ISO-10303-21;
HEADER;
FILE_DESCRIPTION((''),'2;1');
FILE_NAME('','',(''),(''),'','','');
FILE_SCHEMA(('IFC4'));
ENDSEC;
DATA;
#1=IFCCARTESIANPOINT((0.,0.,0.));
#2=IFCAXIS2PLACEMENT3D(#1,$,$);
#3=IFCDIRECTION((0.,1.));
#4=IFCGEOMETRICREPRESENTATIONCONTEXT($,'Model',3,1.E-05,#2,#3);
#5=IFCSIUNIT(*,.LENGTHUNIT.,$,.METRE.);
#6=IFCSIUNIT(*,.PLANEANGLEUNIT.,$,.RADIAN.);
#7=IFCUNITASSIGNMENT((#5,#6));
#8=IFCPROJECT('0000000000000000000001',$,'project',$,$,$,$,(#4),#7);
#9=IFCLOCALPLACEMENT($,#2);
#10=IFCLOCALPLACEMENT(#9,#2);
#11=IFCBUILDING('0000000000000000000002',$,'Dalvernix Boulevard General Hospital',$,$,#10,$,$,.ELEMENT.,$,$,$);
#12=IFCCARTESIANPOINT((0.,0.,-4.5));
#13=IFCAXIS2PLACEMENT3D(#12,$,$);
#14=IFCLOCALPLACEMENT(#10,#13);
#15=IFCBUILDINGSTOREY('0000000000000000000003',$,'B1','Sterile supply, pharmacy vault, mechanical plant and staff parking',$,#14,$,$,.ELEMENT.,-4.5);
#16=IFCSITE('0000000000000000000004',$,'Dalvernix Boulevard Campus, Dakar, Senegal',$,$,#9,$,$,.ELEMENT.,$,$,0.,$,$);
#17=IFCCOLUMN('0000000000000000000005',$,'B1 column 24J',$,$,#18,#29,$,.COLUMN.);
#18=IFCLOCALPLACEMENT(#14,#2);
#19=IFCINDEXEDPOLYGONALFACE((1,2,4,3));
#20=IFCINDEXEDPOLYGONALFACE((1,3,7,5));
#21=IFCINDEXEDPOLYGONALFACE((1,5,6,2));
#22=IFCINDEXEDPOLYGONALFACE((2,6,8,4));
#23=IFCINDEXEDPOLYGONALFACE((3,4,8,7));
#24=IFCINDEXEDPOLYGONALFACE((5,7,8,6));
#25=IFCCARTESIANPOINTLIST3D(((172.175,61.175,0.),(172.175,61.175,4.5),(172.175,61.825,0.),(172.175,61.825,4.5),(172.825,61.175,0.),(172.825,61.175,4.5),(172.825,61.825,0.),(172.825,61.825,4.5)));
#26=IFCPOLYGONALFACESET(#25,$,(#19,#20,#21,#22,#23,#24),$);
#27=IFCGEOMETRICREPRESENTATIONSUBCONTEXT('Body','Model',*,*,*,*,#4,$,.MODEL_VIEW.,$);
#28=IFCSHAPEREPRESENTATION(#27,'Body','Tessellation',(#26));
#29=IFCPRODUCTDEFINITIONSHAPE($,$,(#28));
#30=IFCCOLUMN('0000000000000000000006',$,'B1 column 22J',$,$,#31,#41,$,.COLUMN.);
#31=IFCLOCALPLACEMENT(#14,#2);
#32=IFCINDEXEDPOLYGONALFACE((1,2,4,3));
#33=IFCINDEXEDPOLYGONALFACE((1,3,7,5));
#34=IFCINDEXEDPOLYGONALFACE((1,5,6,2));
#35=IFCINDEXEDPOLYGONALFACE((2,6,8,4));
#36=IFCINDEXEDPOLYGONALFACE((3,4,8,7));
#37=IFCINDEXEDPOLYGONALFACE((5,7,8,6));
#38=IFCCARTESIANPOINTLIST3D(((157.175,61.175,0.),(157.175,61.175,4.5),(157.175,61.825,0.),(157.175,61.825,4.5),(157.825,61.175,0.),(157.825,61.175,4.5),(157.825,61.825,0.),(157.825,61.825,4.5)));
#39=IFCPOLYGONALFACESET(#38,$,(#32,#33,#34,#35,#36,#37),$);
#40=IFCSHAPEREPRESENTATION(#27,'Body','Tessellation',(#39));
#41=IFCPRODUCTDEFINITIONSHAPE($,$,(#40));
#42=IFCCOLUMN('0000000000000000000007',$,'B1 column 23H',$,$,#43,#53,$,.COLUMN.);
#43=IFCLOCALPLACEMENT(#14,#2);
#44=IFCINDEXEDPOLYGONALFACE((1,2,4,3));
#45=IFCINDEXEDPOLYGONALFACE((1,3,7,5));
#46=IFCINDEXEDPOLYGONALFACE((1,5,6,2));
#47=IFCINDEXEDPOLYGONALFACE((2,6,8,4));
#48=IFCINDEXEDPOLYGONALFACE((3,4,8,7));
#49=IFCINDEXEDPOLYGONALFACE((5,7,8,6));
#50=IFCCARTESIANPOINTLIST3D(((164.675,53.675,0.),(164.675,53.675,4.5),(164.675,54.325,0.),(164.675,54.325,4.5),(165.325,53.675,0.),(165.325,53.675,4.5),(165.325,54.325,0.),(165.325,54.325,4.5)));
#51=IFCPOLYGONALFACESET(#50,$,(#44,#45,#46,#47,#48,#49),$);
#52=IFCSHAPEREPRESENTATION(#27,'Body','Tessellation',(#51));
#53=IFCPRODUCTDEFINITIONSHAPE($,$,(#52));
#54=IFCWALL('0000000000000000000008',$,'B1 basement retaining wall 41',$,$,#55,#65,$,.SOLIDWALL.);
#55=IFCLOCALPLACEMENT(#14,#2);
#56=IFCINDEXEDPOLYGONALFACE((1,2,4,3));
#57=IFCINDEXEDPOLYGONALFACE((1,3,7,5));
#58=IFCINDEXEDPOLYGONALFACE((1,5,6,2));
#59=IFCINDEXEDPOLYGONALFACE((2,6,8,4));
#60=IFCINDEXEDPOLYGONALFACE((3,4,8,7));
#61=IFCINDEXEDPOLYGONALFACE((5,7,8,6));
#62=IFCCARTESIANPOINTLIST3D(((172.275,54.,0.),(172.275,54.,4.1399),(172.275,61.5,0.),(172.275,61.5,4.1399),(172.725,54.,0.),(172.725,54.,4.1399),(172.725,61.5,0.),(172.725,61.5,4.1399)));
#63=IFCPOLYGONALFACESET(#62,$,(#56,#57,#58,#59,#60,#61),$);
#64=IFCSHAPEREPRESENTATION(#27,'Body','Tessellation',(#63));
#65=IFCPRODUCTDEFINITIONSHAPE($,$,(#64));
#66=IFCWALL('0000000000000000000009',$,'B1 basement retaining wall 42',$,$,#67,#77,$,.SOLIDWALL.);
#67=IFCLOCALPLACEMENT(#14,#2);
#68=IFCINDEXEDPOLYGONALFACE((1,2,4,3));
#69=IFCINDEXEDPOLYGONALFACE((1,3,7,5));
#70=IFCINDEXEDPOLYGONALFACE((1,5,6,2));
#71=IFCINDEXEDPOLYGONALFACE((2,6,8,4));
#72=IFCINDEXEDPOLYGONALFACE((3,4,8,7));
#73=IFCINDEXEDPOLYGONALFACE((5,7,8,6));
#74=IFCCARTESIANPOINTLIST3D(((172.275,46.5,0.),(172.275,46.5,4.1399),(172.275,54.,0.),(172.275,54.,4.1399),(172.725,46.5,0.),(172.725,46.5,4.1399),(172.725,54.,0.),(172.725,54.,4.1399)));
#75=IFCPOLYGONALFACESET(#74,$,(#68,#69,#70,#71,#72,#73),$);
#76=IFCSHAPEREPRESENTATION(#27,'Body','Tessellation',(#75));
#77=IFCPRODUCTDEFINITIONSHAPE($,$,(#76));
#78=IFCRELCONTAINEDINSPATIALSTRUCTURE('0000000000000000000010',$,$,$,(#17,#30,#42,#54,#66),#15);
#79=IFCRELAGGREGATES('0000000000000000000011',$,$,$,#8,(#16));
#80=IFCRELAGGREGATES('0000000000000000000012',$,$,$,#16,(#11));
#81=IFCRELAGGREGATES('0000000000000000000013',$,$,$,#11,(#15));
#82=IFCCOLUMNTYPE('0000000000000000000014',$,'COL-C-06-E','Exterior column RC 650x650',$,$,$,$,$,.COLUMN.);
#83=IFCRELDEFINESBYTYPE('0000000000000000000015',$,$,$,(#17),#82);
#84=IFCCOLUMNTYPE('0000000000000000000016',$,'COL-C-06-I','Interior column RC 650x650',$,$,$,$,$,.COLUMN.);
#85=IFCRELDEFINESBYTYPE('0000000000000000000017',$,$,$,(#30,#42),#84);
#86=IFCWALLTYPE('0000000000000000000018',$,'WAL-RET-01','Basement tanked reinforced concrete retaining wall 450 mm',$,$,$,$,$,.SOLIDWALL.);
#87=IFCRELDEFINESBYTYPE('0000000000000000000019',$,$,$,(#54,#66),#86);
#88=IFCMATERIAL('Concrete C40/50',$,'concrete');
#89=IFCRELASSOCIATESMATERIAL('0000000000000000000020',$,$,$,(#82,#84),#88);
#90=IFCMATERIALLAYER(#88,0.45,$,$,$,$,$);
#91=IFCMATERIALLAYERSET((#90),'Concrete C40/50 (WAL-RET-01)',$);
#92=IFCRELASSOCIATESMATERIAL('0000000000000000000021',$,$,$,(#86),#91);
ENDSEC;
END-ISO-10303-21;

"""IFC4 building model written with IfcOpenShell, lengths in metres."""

from ifc_helpers import new_model, si_unit, direction, frame, frame_2d, origin, origin_2d, place, context, subcontext, project, spatial, rectangle, extrude, material, layer, layer_set, material_profile, profile_set, type_object, element, save


model = new_model("IFC4")

# Units and contexts
model_context = context("Model", 3, precision=1e-05, world=origin(), true_north=direction((0.0, 1.0)))
body_context = subcontext(model_context, "Body", "Model", "MODEL_VIEW")
ifc_project = project(units=[si_unit("LENGTHUNIT", "METRE"), si_unit("PLANEANGLEUNIT", "RADIAN")], contexts=[model_context])

# Site, building, storey
site_placement = place(None, origin())
site = spatial("IfcSite", under=ifc_project, at=site_placement, Name="Dalvernix Boulevard Campus, Dakar, Senegal", CompositionType="ELEMENT", RefElevation=0.0)
building_placement = place(site_placement, origin())
building = spatial("IfcBuilding", under=site, at=building_placement, Name="Dalvernix Boulevard General Hospital", CompositionType="ELEMENT")
storey_placement = place(building_placement, frame((0.0, 0.0, -4.5)))
storey = spatial("IfcBuildingStorey", under=building, at=storey_placement, Name="B1", Description="Sterile supply, pharmacy vault, mechanical plant and staff parking", CompositionType="ELEMENT", Elevation=-4.5)

# Shared definitions
ifc_material_1 = material(Name="Concrete C40/50", Category="concrete")

# Columns
ifc_material_profile_1 = material_profile(ifc_material_1, rectangle(XDim=0.6499, YDim=0.6499, at=origin_2d()), Name="RC 650x650")
ifc_profile_set_1 = profile_set([ifc_material_profile_1], Name="Concrete C40/50")
column_type_1 = type_object("IfcColumnType", Name="COL-C-06-E", Description="Exterior column RC 650x650", PredefinedType="COLUMN", material=ifc_profile_set_1)
column_1_placement = place(storey_placement, frame((172.5, 61.5, 0.0), z_axis=(0.0, 0.0, 1.0), x_axis=(1.0, 0.0, 0.0)))
element("IfcColumn", 1, at=column_1_placement, inside=storey, type_object=column_type_1, Name="B1 column 24J", PredefinedType="COLUMN", context=body_context, shape_type="SweptSolid", body=[
    extrude(rectangle(XDim=0.6499, YDim=0.6499, at=origin_2d()), origin(), (0.0, 0.0, 1.0), 4.5),
])
ifc_material_profile_2 = material_profile(ifc_material_1, rectangle(XDim=0.6499, YDim=0.6499, at=origin_2d()), Name="RC 650x650")
ifc_profile_set_2 = profile_set([ifc_material_profile_2], Name="Concrete C40/50")
column_type_2 = type_object("IfcColumnType", Name="COL-C-06-I", Description="Interior column RC 650x650", PredefinedType="COLUMN", material=ifc_profile_set_2)
for number, where, z_axis, x_axis, name in (
    (2, (157.5, 61.5, 0.0), (0.0, 0.0, 1.0), (1.0, 0.0, 0.0), "B1 column 22J"),
    (3, (165.0, 54.0, 0.0), (0.0, 0.0, 1.0), (1.0, 0.0, 0.0), "B1 column 23H"),
):
    element("IfcColumn", number, at=place(storey_placement, frame(where, z_axis=z_axis, x_axis=x_axis)), inside=storey, type_object=column_type_2, Name=name, PredefinedType="COLUMN", context=body_context, shape_type="SweptSolid", body=[
        extrude(rectangle(XDim=0.6499, YDim=0.6499, at=origin_2d()), origin(), (0.0, 0.0, 1.0), 4.5),
    ])

# Walls
ifc_layer = layer(ifc_material_1, 0.45)
ifc_layer_set = layer_set([ifc_layer], Name="Concrete C40/50 (WAL-RET-01)")
wall_type = type_object("IfcWallType", Name="WAL-RET-01", Description="Basement tanked reinforced concrete retaining wall 450 mm", PredefinedType="SOLIDWALL", material=ifc_layer_set)
for number, where, z_axis, x_axis, name in (
    (4, (172.5, 61.5, 0.0), (0.0, 0.0, 1.0), (0.0, -1.0, 0.0), "B1 basement retaining wall 41"),
    (5, (172.5, 54.0, 0.0), (0.0, 0.0, 1.0), (0.0, -1.0, 0.0), "B1 basement retaining wall 42"),
):
    element("IfcWall", number, at=place(storey_placement, frame(where, z_axis=z_axis, x_axis=x_axis)), inside=storey, type_object=wall_type, Name=name, PredefinedType="SOLIDWALL", context=body_context, shape_type="SweptSolid", body=[
        extrude(rectangle(XDim=7.5, YDim=0.45, at=frame_2d((3.75, 0.0))), origin(), (0.0, 0.0, 1.0), 4.1399),
    ])

save(model, "model.ifc")
